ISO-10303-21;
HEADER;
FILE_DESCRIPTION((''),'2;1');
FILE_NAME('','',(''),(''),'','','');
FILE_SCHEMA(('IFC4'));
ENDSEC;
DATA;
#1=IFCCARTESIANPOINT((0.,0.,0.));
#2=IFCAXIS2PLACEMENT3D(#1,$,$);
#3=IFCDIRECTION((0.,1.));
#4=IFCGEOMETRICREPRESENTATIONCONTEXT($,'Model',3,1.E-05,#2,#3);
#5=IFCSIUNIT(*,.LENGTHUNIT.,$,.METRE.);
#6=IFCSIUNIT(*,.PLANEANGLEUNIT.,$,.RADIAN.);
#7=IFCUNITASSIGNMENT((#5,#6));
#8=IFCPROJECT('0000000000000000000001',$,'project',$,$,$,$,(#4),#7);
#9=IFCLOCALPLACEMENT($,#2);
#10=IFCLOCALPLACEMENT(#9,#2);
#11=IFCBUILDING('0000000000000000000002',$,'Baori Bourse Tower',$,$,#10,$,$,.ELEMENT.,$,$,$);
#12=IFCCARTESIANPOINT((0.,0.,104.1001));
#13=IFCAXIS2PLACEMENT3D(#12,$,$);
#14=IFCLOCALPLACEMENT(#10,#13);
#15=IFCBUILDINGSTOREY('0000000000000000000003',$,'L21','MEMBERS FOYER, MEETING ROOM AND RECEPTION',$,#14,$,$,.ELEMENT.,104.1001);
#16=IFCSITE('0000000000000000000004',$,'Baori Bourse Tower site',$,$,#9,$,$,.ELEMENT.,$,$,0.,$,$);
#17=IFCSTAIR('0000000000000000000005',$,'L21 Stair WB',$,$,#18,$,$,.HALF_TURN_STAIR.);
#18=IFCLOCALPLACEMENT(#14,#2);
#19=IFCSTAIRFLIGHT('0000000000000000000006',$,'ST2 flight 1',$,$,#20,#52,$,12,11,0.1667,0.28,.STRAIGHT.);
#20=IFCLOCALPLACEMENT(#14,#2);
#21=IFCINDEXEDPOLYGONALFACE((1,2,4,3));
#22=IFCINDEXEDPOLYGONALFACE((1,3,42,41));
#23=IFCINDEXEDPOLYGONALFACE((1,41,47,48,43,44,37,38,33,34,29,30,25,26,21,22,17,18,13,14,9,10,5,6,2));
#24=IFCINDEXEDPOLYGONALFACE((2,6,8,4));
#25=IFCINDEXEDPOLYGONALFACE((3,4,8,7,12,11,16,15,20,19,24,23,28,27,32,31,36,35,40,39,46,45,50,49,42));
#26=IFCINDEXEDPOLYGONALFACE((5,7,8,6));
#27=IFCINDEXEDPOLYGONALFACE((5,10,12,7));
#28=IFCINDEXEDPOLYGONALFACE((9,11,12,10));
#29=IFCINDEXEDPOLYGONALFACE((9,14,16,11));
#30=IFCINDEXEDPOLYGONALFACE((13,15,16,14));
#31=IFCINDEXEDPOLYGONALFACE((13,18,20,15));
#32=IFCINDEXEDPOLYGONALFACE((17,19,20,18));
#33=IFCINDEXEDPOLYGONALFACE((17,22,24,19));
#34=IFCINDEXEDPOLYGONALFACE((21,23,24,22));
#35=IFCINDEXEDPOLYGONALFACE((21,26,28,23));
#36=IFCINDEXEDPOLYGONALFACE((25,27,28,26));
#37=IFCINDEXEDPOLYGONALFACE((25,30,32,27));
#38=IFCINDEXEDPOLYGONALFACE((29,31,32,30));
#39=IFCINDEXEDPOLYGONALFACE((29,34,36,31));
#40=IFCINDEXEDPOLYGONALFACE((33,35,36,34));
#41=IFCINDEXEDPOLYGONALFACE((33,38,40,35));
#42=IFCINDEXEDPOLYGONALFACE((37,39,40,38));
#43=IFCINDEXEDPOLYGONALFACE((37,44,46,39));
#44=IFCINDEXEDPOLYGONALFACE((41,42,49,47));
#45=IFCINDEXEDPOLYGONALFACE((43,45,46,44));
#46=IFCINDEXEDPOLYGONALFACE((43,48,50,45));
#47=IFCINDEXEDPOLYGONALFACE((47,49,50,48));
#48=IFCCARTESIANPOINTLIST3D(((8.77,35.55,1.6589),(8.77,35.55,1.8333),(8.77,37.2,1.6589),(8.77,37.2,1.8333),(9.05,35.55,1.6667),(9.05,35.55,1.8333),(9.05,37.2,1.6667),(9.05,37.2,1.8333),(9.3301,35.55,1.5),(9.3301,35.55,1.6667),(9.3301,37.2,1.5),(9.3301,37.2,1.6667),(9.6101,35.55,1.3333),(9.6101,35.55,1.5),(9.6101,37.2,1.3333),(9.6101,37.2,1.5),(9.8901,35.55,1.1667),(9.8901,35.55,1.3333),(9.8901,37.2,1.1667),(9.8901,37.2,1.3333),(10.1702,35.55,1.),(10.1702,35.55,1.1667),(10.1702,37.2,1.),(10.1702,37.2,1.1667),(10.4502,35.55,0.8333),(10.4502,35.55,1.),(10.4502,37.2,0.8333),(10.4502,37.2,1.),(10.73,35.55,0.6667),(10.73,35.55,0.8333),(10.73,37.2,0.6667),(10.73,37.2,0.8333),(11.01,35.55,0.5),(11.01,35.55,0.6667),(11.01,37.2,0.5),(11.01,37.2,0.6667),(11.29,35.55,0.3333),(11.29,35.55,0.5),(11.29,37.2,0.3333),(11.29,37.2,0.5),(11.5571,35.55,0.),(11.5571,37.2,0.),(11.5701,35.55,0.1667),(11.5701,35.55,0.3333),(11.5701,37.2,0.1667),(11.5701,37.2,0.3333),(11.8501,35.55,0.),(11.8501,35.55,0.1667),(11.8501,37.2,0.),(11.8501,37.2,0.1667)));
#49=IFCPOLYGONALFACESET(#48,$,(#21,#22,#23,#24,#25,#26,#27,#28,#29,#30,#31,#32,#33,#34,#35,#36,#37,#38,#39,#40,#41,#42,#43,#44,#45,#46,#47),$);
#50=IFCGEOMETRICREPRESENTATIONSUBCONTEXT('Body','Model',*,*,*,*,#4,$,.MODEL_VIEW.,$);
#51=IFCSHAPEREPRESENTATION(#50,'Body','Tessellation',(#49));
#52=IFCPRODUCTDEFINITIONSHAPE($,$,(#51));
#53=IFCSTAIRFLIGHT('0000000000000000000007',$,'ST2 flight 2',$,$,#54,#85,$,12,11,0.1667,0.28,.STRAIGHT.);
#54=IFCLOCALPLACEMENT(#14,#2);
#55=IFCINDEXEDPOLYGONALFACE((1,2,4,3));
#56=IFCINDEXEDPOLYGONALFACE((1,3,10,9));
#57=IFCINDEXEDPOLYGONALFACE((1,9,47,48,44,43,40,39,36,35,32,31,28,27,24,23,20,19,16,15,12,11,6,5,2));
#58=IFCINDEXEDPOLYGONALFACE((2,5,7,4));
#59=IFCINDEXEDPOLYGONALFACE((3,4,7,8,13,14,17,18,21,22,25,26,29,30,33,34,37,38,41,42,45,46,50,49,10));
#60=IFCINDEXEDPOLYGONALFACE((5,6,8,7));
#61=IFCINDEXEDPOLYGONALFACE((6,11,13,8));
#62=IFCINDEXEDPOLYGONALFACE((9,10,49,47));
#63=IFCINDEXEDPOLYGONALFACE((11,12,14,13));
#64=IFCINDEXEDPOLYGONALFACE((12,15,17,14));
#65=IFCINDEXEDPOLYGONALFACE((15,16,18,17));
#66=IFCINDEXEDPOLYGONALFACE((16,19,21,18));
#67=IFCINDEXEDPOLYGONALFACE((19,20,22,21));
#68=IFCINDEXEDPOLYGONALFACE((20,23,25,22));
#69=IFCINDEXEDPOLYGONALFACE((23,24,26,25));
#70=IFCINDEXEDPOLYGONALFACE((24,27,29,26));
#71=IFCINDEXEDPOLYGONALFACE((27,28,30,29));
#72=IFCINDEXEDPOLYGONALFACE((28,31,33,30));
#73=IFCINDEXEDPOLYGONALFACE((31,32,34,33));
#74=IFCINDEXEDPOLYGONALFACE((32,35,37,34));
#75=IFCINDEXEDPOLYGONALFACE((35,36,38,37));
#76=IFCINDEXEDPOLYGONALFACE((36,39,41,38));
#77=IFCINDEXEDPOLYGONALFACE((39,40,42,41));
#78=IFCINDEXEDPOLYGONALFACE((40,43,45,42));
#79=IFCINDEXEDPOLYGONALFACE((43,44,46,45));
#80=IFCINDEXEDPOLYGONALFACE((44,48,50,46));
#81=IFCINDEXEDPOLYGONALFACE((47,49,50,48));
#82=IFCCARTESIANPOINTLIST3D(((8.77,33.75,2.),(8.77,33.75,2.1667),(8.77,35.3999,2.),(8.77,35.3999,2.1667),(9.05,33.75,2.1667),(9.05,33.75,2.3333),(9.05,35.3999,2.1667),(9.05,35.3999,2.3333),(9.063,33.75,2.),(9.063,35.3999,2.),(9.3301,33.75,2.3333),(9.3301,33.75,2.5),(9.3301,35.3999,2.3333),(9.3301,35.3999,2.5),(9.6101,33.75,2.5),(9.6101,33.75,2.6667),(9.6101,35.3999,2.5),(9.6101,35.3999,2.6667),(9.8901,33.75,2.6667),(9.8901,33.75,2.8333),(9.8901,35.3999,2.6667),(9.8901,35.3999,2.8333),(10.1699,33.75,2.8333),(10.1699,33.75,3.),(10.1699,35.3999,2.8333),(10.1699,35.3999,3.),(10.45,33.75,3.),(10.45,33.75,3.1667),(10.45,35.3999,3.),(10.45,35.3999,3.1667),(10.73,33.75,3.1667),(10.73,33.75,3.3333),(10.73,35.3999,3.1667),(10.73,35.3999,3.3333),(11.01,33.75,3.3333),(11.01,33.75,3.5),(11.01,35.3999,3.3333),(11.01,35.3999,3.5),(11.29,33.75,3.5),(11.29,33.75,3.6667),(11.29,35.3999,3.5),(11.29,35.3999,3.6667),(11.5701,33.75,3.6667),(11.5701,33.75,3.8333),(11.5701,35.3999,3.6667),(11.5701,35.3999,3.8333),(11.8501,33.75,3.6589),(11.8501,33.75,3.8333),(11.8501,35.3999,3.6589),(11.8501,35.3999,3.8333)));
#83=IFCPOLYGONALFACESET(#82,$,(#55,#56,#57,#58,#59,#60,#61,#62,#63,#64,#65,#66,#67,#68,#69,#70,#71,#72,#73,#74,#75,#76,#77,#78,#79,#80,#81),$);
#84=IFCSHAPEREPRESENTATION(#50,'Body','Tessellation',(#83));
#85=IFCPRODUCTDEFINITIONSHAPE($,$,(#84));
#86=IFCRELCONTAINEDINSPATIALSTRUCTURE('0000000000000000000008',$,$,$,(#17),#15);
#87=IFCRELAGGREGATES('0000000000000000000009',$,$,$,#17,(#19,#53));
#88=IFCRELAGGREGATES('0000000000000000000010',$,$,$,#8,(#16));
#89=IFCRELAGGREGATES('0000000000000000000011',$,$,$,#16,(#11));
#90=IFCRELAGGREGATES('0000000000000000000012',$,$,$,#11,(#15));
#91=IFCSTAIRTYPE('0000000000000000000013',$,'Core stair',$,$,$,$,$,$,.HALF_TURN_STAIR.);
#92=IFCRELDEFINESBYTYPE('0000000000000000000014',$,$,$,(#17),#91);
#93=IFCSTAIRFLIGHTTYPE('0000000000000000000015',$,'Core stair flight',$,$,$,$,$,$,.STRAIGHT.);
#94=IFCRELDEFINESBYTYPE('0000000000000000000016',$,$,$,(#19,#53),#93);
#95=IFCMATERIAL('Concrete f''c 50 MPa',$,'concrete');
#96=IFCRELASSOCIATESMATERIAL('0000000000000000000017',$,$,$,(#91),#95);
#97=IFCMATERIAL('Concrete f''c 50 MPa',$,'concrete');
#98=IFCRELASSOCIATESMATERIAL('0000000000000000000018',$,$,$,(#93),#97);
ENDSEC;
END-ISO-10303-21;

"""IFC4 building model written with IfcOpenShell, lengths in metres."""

from ifc_helpers import new_model, si_unit, direction, frame, origin, place, context, subcontext, project, spatial, polyline, outline, extrude, material, type_object, element, aggregate, save


model = new_model("IFC4")

# Units and contexts
model_context = context("Model", 3, precision=1e-05, world=origin(), true_north=direction((0.0, 1.0)))
body_context = subcontext(model_context, "Body", "Model", "MODEL_VIEW")
ifc_project = project(units=[si_unit("LENGTHUNIT", "METRE"), si_unit("PLANEANGLEUNIT", "RADIAN")], contexts=[model_context])

# Site, building, storey
site_placement = place(None, origin())
site = spatial("IfcSite", under=ifc_project, at=site_placement, Name="Baori Bourse Tower site", CompositionType="ELEMENT", RefElevation=0.0)
building_placement = place(site_placement, origin())
building = spatial("IfcBuilding", under=site, at=building_placement, Name="Baori Bourse Tower", CompositionType="ELEMENT")
storey_placement = place(building_placement, frame((0.0, 0.0, 104.1001)))
storey = spatial("IfcBuildingStorey", under=building, at=storey_placement, Name="L21", Description="MEMBERS FOYER, MEETING ROOM AND RECEPTION", CompositionType="ELEMENT", Elevation=104.1001)

# Stair, stair flights
ifc_material_1 = material(Name="Concrete f'c 50 MPa", Category="concrete")
stair_type = type_object("IfcStairType", Name="Core stair", PredefinedType="HALF_TURN_STAIR", material=ifc_material_1)
stair_placement = place(storey_placement, origin())
stair = element("IfcStair", 1, at=stair_placement, inside=storey, type_object=stair_type, Name="L21 Stair WB", PredefinedType="HALF_TURN_STAIR")
ifc_material_2 = material(Name="Concrete f'c 50 MPa", Category="concrete")
stair_flight_type = type_object("IfcStairFlightType", Name="Core stair flight", PredefinedType="STRAIGHT", material=ifc_material_2)
stair_flight_1_placement = place(storey_placement, frame((11.8501, 36.375, 0.0), z_axis=(0.0, 0.0, 1.0), x_axis=(-1.0, 0.0, 0.0)))
stair_flight_1 = element("IfcStairFlight", 2, at=stair_flight_1_placement, type_object=stair_flight_type, Name="ST2 flight 1", NumberOfRisers=12, NumberOfTreads=11, PredefinedType="STRAIGHT", RiserHeight=0.1667, TreadLength=0.28, context=body_context, shape_type="SweptSolid", body=[
    extrude(outline(polyline([(0.0, 0.0), (0.0, 0.1667), (0.28, 0.1667), (0.28, 0.3333), (0.5601, 0.3333), (0.5601, 0.5), (0.8401, 0.5), (0.8401, 0.6667), (1.1201, 0.6667), (1.1201, 0.8333), (1.3999, 0.8333), (1.3999, 1.0), (1.6799, 1.0), (1.6799, 1.1667), (1.96, 1.1667), (1.96, 1.3333), (2.24, 1.3333), (2.24, 1.5), (2.52, 1.5), (2.52, 1.6667), (2.8, 1.6667), (2.8, 1.8333), (3.0801, 1.8333), (3.0801, 2.0), (3.0801, 1.6589), (0.293, 0.0), (0.0, 0.0)])), frame((0.0, 0.825, 0.0), z_axis=(0.0, -1.0, 0.0), x_axis=(1.0, 0.0, 0.0)), (0.0, 0.0, 1.0), 1.6499),
])
stair_flight_2_placement = place(storey_placement, frame((8.77, 34.575, 2.0), z_axis=(0.0, 0.0, 1.0), x_axis=(1.0, 0.0, 0.0)))
stair_flight_2 = element("IfcStairFlight", 3, at=stair_flight_2_placement, type_object=stair_flight_type, Name="ST2 flight 2", NumberOfRisers=12, NumberOfTreads=11, PredefinedType="STRAIGHT", RiserHeight=0.1667, TreadLength=0.28, context=body_context, shape_type="SweptSolid", body=[
    extrude(outline(polyline([(0.0, 0.0), (0.0, 0.1667), (0.28, 0.1667), (0.28, 0.3333), (0.5601, 0.3333), (0.5601, 0.5), (0.8401, 0.5), (0.8401, 0.6667), (1.1201, 0.6667), (1.1201, 0.8333), (1.3999, 0.8333), (1.3999, 1.0), (1.6799, 1.0), (1.6799, 1.1667), (1.96, 1.1667), (1.96, 1.3333), (2.24, 1.3333), (2.24, 1.5), (2.52, 1.5), (2.52, 1.6667), (2.8, 1.6667), (2.8, 1.8333), (3.0801, 1.8333), (3.0801, 2.0), (3.0801, 1.6589), (0.293, 0.0), (0.0, 0.0)])), frame((0.0, 0.825, 0.0), z_axis=(0.0, -1.0, 0.0), x_axis=(1.0, 0.0, 0.0)), (0.0, 0.0, 1.0), 1.6499),
])
aggregate(stair, [stair_flight_1, stair_flight_2])

save(model, "model.ifc")
